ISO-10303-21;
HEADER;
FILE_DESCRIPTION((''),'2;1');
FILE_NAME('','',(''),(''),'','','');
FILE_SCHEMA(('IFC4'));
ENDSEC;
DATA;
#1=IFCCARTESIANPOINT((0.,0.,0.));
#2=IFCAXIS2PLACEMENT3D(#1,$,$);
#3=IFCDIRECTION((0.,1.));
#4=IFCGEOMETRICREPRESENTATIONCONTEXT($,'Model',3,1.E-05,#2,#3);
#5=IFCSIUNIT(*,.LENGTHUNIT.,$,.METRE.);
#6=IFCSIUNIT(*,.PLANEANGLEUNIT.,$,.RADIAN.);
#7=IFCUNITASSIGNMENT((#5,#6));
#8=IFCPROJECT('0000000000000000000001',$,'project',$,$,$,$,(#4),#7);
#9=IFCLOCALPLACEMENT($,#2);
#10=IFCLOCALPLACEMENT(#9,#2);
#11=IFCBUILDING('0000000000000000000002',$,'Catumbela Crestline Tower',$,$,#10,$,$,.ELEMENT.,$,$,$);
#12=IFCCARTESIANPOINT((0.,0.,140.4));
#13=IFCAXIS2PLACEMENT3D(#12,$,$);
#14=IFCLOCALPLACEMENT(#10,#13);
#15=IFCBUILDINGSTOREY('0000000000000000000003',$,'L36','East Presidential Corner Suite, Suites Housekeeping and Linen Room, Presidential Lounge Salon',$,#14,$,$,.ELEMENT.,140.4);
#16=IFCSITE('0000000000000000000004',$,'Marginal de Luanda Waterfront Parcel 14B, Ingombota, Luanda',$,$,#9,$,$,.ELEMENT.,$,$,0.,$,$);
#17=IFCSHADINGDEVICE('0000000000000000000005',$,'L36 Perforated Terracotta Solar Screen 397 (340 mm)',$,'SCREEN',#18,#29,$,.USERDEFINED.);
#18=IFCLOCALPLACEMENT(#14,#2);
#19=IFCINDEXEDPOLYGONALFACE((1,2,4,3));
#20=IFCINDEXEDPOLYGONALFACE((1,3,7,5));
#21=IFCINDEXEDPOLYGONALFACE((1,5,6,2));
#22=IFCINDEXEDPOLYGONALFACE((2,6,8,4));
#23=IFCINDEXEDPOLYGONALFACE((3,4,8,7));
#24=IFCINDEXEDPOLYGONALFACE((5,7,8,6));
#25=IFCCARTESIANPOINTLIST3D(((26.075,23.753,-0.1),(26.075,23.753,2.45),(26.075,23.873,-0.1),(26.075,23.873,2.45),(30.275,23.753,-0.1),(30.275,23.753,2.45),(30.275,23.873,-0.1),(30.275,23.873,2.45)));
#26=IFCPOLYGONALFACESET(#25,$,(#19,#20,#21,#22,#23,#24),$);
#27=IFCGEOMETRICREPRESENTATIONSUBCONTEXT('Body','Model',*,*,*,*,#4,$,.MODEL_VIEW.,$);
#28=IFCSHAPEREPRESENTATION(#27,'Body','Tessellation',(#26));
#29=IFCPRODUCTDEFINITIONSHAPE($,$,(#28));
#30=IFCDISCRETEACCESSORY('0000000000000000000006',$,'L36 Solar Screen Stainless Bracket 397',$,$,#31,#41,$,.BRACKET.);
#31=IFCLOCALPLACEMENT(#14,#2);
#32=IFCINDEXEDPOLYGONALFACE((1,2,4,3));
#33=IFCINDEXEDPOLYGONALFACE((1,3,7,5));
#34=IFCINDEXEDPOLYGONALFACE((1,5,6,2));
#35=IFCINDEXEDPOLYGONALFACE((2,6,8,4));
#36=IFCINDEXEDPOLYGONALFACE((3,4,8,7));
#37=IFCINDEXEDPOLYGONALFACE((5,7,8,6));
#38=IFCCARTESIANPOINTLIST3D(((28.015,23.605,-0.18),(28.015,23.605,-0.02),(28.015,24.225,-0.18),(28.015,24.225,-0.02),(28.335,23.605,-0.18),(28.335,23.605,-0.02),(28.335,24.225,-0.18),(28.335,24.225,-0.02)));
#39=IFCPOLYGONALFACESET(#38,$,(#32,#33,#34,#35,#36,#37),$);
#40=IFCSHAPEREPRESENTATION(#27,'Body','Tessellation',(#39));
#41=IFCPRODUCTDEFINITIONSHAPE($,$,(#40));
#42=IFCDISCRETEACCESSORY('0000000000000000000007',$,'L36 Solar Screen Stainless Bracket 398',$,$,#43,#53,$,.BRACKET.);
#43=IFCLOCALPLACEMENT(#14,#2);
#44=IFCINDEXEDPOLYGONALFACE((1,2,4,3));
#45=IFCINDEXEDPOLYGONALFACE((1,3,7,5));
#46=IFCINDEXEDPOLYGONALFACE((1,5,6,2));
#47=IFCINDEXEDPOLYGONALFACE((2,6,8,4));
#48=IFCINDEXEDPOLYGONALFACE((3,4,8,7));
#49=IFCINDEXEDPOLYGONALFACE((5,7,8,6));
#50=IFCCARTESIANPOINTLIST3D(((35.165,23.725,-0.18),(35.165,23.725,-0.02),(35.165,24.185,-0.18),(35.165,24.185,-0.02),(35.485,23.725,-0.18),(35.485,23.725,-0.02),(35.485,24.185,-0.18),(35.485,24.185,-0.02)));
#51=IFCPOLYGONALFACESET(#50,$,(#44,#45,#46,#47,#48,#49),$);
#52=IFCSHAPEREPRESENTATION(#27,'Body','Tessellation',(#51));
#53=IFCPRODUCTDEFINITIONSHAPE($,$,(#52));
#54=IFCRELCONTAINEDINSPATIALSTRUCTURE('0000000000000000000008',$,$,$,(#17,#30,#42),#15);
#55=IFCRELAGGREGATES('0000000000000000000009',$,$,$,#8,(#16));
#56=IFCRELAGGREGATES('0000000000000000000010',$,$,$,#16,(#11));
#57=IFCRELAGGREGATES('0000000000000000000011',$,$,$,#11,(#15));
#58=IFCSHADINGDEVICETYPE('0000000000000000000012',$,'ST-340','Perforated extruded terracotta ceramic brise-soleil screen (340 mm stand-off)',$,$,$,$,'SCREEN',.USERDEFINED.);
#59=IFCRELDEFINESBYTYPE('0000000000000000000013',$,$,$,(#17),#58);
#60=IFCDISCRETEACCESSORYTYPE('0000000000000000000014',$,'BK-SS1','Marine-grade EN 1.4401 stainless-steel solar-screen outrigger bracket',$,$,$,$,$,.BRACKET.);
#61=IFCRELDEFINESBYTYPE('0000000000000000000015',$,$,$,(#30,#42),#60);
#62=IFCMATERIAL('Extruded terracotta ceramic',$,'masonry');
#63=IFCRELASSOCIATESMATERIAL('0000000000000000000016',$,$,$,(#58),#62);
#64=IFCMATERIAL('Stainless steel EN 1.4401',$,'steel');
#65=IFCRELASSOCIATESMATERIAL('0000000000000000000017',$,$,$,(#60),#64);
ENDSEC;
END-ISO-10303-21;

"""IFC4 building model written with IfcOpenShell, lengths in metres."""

from ifc_helpers import new_model, si_unit, direction, frame, origin, origin_2d, place, context, subcontext, project, spatial, rectangle, extrude, material, type_object, element, save


model = new_model("IFC4")

# Units and contexts
model_context = context("Model", 3, precision=1e-05, world=origin(), true_north=direction((0.0, 1.0)))
body_context = subcontext(model_context, "Body", "Model", "MODEL_VIEW")
ifc_project = project(units=[si_unit("LENGTHUNIT", "METRE"), si_unit("PLANEANGLEUNIT", "RADIAN")], contexts=[model_context])

# Site, building, storey
site_placement = place(None, origin())
site = spatial("IfcSite", under=ifc_project, at=site_placement, Name="Marginal de Luanda Waterfront Parcel 14B, Ingombota, Luanda", CompositionType="ELEMENT", RefElevation=0.0)
building_placement = place(site_placement, origin())
building = spatial("IfcBuilding", under=site, at=building_placement, Name="Catumbela Crestline Tower", CompositionType="ELEMENT")
storey_placement = place(building_placement, frame((0.0, 0.0, 140.4)))
storey = spatial("IfcBuildingStorey", under=building, at=storey_placement, Name="L36", Description="East Presidential Corner Suite, Suites Housekeeping and Linen Room, Presidential Lounge Salon", CompositionType="ELEMENT", Elevation=140.4)

# Shared definitions
ifc_material_1 = material(Name="Stainless steel EN 1.4401", Category="steel")

# Shading device
ifc_material_2 = material(Name="Extruded terracotta ceramic", Category="masonry")
shading_device_type_1 = type_object("IfcShadingDeviceType", Name="ST-340", Description="Perforated extruded terracotta ceramic brise-soleil screen (340 mm stand-off)", ElementType="SCREEN", PredefinedType="USERDEFINED", material=ifc_material_2)
shading_device_1_placement = place(storey_placement, frame((28.175, 23.813, -0.1), z_axis=(0.0, 0.0, 1.0), x_axis=(1.0, 0.0, 0.0)))
element("IfcShadingDevice", 1, at=shading_device_1_placement, inside=storey, type_object=shading_device_type_1, Name="L36 Perforated Terracotta Solar Screen 397 (340 mm)", ObjectType="SCREEN", PredefinedType="USERDEFINED", context=body_context, shape_type="SweptSolid", body=[
    extrude(rectangle(XDim=4.2, YDim=0.12, at=origin_2d()), origin(), (0.0, 0.0, 1.0), 2.55),
])

# Discrete accessories
discrete_accessory_type = type_object("IfcDiscreteAccessoryType", Name="BK-SS1", Description="Marine-grade EN 1.4401 stainless-steel solar-screen outrigger bracket", PredefinedType="BRACKET", material=ifc_material_1)
discrete_accessory_1_placement = place(storey_placement, frame((28.175, 23.915, -0.18), z_axis=(0.0, 0.0, 1.0), x_axis=(1.0, 0.0, 0.0)))
element("IfcDiscreteAccessory", 2, at=discrete_accessory_1_placement, inside=storey, type_object=discrete_accessory_type, Name="L36 Solar Screen Stainless Bracket 397", PredefinedType="BRACKET", context=body_context, shape_type="SweptSolid", body=[
    extrude(rectangle(XDim=0.32, YDim=0.62, at=origin_2d()), origin(), (0.0, 0.0, 1.0), 0.16),
])
discrete_accessory_2_placement = place(storey_placement, frame((35.325, 23.955, -0.18), z_axis=(0.0, 0.0, 1.0), x_axis=(1.0, 0.0, 0.0)))
element("IfcDiscreteAccessory", 3, at=discrete_accessory_2_placement, inside=storey, type_object=discrete_accessory_type, Name="L36 Solar Screen Stainless Bracket 398", PredefinedType="BRACKET", context=body_context, shape_type="SweptSolid", body=[
    extrude(rectangle(XDim=0.32, YDim=0.46, at=origin_2d()), origin(), (0.0, 0.0, 1.0), 0.16),
])

save(model, "model.ifc")
